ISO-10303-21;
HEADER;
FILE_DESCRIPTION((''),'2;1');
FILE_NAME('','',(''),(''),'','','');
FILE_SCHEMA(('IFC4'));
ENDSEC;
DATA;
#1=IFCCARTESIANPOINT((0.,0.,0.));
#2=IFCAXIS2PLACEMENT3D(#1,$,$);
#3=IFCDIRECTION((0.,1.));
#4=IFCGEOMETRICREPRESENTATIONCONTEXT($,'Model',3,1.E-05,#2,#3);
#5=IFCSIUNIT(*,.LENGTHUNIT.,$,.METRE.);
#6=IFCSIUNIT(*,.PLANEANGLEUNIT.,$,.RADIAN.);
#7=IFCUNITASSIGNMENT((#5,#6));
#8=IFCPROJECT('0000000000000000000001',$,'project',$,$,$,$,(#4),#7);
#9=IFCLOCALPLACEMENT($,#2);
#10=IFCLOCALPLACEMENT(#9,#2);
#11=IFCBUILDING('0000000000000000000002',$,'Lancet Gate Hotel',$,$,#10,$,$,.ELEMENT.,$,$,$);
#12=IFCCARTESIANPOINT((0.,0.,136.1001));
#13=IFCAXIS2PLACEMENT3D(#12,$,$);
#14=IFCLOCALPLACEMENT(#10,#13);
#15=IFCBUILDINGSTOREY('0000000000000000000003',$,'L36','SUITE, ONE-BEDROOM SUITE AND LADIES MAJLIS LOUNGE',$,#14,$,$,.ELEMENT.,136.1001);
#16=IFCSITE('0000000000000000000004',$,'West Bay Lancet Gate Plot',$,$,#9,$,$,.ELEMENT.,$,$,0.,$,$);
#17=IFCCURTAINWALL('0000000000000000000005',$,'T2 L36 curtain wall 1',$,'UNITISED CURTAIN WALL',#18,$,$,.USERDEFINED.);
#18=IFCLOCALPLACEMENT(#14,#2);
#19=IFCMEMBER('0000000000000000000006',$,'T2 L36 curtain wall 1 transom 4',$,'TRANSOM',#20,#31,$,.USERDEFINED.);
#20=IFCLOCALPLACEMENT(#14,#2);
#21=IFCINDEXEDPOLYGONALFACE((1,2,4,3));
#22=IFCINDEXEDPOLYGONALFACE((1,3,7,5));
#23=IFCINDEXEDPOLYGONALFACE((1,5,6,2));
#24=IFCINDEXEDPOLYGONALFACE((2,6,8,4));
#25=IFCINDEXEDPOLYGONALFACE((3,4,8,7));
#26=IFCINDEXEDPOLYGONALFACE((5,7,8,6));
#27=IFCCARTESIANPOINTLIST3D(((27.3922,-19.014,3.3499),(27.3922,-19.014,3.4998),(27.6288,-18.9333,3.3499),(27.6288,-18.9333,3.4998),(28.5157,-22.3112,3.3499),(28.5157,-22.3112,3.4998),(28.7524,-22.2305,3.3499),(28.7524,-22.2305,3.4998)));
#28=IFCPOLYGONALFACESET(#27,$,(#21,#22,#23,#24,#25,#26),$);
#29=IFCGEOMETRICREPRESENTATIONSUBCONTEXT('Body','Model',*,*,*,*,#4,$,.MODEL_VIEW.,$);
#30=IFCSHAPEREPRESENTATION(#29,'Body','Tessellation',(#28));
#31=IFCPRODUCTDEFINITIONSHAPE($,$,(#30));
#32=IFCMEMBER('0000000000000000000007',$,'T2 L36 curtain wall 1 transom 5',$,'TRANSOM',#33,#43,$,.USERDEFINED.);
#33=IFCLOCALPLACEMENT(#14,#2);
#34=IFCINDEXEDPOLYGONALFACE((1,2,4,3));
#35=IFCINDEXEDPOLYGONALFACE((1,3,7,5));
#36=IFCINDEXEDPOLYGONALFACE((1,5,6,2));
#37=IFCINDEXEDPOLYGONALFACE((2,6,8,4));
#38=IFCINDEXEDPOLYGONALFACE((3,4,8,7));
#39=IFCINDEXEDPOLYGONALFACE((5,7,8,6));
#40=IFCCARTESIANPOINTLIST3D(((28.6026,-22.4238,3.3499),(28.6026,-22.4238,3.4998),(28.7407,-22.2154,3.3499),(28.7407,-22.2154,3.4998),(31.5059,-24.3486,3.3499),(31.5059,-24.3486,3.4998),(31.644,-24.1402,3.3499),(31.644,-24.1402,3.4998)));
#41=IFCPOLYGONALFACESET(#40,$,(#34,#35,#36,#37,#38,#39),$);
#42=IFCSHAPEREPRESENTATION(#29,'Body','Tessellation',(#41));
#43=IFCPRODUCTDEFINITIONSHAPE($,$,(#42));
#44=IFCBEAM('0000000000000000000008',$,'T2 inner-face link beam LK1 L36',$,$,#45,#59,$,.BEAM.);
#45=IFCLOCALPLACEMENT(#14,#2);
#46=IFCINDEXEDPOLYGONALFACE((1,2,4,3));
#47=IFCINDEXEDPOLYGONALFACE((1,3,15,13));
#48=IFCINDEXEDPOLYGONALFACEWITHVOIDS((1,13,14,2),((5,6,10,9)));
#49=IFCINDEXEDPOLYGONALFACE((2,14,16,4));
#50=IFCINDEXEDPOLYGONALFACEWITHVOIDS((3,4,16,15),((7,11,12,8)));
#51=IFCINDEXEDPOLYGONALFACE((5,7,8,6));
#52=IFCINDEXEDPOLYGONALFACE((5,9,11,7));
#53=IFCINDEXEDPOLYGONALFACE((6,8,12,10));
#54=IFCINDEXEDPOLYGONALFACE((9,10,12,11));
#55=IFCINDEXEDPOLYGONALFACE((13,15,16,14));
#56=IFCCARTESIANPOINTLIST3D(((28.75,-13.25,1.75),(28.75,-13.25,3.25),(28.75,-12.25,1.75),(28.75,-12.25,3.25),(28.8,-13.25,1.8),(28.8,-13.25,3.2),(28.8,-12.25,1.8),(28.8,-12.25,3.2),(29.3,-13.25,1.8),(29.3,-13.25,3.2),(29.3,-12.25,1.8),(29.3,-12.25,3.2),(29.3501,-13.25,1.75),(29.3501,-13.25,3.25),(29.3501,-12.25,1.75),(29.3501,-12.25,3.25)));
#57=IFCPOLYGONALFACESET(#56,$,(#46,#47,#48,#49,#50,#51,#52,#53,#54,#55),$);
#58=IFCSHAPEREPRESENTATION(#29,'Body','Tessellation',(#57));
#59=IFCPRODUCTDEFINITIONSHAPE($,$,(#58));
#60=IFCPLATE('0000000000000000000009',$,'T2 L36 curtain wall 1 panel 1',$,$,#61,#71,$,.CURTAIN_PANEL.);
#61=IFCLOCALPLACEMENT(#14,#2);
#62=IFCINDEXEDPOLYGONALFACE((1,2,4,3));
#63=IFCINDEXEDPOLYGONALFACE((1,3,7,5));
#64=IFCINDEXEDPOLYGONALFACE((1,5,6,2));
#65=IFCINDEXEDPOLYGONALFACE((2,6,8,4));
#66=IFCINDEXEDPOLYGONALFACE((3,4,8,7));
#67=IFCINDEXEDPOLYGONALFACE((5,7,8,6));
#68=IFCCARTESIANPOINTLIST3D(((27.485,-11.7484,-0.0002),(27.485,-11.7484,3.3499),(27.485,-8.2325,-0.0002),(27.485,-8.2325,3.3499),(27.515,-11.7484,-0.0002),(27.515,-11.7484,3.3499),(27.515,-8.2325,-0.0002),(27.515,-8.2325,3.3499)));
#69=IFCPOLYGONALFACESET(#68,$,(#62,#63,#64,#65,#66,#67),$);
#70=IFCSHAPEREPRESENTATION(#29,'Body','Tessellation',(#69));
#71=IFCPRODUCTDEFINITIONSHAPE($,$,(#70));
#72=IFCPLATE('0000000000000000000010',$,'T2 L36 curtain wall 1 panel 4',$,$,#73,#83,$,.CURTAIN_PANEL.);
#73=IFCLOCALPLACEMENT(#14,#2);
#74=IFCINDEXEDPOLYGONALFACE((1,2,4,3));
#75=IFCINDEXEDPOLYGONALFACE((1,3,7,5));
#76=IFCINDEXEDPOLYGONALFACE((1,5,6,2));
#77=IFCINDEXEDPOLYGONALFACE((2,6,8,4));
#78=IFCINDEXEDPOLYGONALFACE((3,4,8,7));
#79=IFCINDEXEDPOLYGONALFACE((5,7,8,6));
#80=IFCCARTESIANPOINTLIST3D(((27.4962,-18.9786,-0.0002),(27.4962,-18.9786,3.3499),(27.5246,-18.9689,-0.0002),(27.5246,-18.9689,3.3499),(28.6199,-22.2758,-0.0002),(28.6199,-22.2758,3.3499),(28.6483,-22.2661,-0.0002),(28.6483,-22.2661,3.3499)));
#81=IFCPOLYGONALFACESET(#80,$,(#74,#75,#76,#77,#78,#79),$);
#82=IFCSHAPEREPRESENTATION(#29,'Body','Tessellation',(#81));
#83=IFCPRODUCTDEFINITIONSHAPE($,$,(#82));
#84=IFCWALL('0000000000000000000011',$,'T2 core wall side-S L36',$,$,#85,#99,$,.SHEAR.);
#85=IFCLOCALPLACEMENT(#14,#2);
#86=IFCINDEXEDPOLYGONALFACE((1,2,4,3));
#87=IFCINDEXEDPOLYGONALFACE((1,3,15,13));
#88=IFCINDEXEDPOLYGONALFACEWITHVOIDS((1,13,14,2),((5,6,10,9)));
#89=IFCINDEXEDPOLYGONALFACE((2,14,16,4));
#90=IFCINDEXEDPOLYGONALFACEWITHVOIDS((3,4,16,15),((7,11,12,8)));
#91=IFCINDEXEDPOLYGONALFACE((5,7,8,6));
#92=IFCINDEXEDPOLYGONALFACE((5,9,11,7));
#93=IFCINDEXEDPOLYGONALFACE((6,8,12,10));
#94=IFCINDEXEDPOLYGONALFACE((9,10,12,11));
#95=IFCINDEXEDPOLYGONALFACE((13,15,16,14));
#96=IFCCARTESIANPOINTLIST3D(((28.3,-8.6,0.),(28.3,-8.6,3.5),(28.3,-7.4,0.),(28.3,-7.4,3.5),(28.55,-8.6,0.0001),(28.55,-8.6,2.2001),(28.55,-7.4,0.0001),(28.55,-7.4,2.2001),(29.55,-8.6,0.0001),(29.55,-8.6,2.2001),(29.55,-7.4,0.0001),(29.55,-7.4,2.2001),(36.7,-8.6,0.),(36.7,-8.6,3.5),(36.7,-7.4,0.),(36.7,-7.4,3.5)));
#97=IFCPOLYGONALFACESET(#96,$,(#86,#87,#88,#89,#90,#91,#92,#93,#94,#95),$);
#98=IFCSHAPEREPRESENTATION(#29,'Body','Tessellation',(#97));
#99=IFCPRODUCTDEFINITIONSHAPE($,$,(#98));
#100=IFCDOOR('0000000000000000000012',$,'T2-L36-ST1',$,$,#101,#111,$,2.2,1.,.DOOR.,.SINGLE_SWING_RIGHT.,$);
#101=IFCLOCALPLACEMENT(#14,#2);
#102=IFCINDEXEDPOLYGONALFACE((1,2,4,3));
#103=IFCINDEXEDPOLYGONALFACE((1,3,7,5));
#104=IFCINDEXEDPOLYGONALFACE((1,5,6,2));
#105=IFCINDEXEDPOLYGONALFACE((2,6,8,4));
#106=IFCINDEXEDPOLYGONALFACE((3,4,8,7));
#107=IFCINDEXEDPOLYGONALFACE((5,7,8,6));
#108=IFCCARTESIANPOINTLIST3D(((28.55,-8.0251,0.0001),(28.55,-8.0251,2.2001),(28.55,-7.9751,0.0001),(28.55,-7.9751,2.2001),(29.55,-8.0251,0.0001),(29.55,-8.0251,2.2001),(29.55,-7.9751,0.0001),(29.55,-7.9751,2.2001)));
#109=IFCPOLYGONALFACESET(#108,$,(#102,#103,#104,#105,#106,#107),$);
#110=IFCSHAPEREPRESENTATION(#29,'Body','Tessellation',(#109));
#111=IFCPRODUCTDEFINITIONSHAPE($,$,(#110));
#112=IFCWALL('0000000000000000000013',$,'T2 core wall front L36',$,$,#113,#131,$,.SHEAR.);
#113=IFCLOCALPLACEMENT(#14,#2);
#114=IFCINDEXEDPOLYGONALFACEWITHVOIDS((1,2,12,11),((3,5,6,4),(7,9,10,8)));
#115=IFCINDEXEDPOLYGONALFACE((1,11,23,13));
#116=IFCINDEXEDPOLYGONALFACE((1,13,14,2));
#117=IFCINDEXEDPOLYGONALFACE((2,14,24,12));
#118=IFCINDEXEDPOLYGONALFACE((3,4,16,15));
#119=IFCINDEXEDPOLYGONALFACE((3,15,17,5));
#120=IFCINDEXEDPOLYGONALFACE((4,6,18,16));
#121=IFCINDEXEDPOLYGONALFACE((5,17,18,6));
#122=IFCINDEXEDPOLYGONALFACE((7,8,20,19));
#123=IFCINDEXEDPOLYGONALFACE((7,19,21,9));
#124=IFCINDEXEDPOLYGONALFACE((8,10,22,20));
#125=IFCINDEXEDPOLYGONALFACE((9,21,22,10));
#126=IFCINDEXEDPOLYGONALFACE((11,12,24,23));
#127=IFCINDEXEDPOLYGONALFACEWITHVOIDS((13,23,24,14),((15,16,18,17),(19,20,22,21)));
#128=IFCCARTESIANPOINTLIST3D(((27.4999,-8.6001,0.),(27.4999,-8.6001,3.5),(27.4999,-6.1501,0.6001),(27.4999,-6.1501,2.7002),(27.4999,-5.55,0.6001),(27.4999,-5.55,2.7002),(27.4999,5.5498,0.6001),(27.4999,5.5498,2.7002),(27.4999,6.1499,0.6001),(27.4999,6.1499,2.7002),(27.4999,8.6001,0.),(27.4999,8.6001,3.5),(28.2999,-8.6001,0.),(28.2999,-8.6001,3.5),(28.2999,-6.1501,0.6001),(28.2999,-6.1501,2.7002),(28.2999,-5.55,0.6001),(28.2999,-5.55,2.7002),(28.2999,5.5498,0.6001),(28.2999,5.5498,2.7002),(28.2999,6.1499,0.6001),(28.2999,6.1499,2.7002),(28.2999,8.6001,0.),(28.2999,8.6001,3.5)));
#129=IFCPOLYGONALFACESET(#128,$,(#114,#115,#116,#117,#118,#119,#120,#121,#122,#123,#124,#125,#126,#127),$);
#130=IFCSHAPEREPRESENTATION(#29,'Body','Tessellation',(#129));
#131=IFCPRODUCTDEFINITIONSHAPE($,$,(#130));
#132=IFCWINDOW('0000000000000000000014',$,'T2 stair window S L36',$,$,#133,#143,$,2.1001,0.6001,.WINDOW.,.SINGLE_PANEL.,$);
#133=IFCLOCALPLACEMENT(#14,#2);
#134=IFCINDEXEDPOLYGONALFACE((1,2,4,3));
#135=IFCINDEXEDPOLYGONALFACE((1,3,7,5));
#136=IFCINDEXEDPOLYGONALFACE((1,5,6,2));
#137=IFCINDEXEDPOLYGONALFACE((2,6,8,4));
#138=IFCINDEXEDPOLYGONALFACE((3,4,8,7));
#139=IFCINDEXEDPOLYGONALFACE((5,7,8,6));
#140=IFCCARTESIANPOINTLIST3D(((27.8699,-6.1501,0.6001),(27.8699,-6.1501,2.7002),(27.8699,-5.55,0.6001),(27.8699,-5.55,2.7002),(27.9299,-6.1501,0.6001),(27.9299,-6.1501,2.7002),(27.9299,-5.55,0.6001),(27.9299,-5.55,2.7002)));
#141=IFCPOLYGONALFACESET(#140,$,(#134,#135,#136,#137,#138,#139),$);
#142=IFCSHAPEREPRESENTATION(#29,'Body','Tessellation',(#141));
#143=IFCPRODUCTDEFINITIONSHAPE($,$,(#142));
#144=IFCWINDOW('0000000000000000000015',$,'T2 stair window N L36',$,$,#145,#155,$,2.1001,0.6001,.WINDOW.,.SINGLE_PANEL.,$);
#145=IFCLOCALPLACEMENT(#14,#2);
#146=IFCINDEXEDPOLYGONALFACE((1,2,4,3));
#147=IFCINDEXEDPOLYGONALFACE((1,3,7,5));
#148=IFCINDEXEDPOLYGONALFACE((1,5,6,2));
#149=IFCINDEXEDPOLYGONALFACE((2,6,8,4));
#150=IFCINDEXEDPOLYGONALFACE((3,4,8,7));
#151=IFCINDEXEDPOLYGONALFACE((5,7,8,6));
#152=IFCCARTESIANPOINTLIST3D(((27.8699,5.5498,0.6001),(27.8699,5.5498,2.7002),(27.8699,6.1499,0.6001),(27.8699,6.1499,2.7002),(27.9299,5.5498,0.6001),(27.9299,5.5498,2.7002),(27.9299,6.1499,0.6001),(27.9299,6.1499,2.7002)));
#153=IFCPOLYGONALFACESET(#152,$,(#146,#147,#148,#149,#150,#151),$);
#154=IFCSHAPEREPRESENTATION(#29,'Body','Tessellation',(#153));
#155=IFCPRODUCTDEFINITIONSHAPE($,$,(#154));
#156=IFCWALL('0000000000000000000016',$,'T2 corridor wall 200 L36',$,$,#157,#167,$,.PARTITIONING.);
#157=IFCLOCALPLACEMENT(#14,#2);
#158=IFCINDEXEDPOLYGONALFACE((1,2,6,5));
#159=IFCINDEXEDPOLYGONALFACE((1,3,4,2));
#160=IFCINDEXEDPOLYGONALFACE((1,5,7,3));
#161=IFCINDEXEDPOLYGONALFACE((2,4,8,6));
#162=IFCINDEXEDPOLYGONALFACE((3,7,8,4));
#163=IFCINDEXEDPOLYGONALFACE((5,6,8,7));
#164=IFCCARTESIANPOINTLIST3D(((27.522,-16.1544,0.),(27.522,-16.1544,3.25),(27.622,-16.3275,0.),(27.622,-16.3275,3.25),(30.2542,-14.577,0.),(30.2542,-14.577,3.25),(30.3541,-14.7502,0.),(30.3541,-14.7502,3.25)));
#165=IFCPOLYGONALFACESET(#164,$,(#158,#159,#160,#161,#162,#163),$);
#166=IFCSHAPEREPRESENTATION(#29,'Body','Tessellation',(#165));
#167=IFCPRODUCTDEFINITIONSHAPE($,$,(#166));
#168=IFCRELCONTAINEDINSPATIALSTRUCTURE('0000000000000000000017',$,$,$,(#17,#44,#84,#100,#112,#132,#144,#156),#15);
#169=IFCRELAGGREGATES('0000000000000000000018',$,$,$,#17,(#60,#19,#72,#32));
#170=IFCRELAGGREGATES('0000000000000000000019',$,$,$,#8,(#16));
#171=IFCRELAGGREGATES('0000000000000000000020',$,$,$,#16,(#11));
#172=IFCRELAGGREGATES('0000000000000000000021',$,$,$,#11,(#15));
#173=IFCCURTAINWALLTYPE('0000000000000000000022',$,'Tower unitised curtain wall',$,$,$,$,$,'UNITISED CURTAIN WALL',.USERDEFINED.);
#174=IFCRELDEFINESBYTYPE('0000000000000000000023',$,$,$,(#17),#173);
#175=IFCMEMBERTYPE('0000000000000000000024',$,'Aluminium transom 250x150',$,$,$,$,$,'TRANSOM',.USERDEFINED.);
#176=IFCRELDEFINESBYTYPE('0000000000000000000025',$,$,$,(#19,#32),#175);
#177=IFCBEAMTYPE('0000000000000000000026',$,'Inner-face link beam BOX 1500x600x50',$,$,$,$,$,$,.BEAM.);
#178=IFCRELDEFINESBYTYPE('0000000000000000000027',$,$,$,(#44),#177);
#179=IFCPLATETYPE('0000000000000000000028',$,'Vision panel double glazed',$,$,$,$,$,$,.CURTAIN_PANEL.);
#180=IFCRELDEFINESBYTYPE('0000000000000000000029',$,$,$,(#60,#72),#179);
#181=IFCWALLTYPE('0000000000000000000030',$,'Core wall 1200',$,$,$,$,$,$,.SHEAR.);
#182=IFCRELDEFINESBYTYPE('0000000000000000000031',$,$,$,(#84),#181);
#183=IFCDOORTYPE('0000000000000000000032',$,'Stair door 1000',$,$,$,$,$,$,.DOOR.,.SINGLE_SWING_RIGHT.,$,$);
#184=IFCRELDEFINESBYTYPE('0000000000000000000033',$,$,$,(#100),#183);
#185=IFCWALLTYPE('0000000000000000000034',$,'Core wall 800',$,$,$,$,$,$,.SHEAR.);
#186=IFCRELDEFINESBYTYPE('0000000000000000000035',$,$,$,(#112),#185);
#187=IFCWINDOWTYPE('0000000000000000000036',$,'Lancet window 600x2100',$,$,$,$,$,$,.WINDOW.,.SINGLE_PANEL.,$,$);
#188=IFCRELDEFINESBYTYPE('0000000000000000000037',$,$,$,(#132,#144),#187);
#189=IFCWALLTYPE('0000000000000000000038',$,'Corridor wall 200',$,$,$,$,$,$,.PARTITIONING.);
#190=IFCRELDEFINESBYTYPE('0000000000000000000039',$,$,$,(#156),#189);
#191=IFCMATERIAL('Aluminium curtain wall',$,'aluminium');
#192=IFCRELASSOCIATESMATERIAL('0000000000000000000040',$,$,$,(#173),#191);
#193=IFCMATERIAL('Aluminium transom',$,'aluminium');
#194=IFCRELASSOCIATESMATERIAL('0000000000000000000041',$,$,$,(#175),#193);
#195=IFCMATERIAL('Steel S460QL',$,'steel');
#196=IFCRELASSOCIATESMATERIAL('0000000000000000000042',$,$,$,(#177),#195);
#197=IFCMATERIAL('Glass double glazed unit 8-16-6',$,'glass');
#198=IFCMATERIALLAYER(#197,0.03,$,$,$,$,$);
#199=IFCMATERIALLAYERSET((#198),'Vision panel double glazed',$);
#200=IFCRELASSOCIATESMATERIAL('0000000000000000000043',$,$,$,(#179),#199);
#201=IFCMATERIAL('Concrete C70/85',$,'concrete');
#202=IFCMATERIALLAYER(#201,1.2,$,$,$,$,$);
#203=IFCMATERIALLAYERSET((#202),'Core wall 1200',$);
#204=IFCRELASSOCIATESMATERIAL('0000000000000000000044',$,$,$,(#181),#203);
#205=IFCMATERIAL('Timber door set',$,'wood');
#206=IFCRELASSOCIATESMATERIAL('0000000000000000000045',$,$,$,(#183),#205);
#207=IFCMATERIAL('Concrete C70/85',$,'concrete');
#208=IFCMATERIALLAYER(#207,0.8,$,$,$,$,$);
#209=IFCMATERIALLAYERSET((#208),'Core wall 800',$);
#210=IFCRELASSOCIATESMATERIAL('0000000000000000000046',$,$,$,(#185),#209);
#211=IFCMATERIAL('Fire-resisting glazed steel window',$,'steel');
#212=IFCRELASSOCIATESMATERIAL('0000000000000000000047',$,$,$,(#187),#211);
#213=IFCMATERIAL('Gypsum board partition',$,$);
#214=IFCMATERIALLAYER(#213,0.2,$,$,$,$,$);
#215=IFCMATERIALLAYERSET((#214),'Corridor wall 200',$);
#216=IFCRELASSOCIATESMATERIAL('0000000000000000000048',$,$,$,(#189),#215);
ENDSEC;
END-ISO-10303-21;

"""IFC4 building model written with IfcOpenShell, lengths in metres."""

from ifc_helpers import new_model, si_unit, direction, frame, frame_2d, origin, origin_2d, place, context, subcontext, project, spatial, rectangle, hollow_rectangle, extrude, material, layer, layer_set, material_profile, profile_set, type_object, element, fill, aggregate, save


model = new_model("IFC4")

# Units and contexts
model_context = context("Model", 3, precision=1e-05, world=origin(), true_north=direction((0.0, 1.0)))
body_context = subcontext(model_context, "Body", "Model", "MODEL_VIEW")
ifc_project = project(units=[si_unit("LENGTHUNIT", "METRE"), si_unit("PLANEANGLEUNIT", "RADIAN")], contexts=[model_context])

# Site, building, storey
site_placement = place(None, origin())
site = spatial("IfcSite", under=ifc_project, at=site_placement, Name="West Bay Lancet Gate Plot", CompositionType="ELEMENT", RefElevation=0.0)
building_placement = place(site_placement, origin())
building = spatial("IfcBuilding", under=site, at=building_placement, Name="Lancet Gate Hotel", CompositionType="ELEMENT")
storey_placement = place(building_placement, frame((0.0, 0.0, 136.1001)))
storey = spatial("IfcBuildingStorey", under=building, at=storey_placement, Name="L36", Description="SUITE, ONE-BEDROOM SUITE AND LADIES MAJLIS LOUNGE", CompositionType="ELEMENT", Elevation=136.1001)

# Curtain wall, members
ifc_material_1 = material(Name="Aluminium curtain wall", Category="aluminium")
curtain_wall_type = type_object("IfcCurtainWallType", Name="Tower unitised curtain wall", ElementType="UNITISED CURTAIN WALL", PredefinedType="USERDEFINED", material=ifc_material_1)
curtain_wall_placement = place(storey_placement, origin())
curtain_wall = element("IfcCurtainWall", 1, at=curtain_wall_placement, inside=storey, type_object=curtain_wall_type, Name="T2 L36 curtain wall 1", ObjectType="UNITISED CURTAIN WALL", PredefinedType="USERDEFINED")
ifc_material_2 = material(Name="Aluminium transom", Category="aluminium")
ifc_material_profile_1 = material_profile(ifc_material_2, rectangle(XDim=0.25, YDim=0.1499, at=origin_2d()), Name="TRANSOM 250x150")
ifc_profile_set_1 = profile_set([ifc_material_profile_1], Name="Aluminium transom")
member_type_1 = type_object("IfcMemberType", Name="Aluminium transom 250x150", ElementType="TRANSOM", PredefinedType="USERDEFINED", material=ifc_profile_set_1)
member_1_placement = place(storey_placement, frame((27.5105, -18.9736, 3.4248), z_axis=(0.32255, -0.946553, 0.0), x_axis=(0.946553, 0.32255, 0.0)))
member_1 = element("IfcMember", 2, at=member_1_placement, type_object=member_type_1, Name="T2 L36 curtain wall 1 transom 4", ObjectType="TRANSOM", PredefinedType="USERDEFINED", context=body_context, shape_type="SweptSolid", body=[
    extrude(rectangle(XDim=0.25, YDim=0.1499, at=origin_2d()), origin(), (0.0, 0.0, 1.0), 3.4834),
])
member_2_placement = place(storey_placement, frame((28.6716, -22.3196, 3.4248), z_axis=(0.833471, -0.552563, 0.0), x_axis=(0.552563, 0.833471, 0.0)))
member_2 = element("IfcMember", 3, at=member_2_placement, type_object=member_type_1, Name="T2 L36 curtain wall 1 transom 5", ObjectType="TRANSOM", PredefinedType="USERDEFINED", context=body_context, shape_type="SweptSolid", body=[
    extrude(rectangle(XDim=0.25, YDim=0.1499, at=origin_2d()), origin(), (0.0, 0.0, 1.0), 3.4834),
])

# Beam
ifc_material_3 = material(Name="Steel S460QL", Category="steel")
ifc_material_profile_2 = material_profile(ifc_material_3, hollow_rectangle(XDim=0.6001, YDim=1.5, WallThickness=0.05, at=origin_2d()), Name="BOX 1500x600x50")
ifc_profile_set_2 = profile_set([ifc_material_profile_2], Name="Steel S460QL")
beam_type = type_object("IfcBeamType", Name="Inner-face link beam BOX 1500x600x50", PredefinedType="BEAM", material=ifc_profile_set_2)
beam_placement = place(storey_placement, frame((29.05, -13.25, 2.5), z_axis=(0.0, 1.0, 0.0), x_axis=(-1.0, 0.0, 0.0)))
element("IfcBeam", 4, at=beam_placement, inside=storey, type_object=beam_type, Name="T2 inner-face link beam LK1 L36", PredefinedType="BEAM", context=body_context, shape_type="SweptSolid", body=[
    extrude(hollow_rectangle(XDim=0.6001, YDim=1.5, WallThickness=0.05, at=origin_2d()), origin(), (0.0, 0.0, 1.0), 1.0),
])

# Plates
ifc_material_4 = material(Name="Glass double glazed unit 8-16-6", Category="glass")
ifc_layer_1 = layer(ifc_material_4, 0.03)
ifc_layer_set_1 = layer_set([ifc_layer_1], Name="Vision panel double glazed")
plate_type = type_object("IfcPlateType", Name="Vision panel double glazed", PredefinedType="CURTAIN_PANEL", material=ifc_layer_set_1)
plate_1_placement = place(storey_placement, frame((27.5, -9.9905, -0.0002), z_axis=(0.0, 0.0, 1.0), x_axis=(0.0, -1.0, 0.0)))
plate_1 = element("IfcPlate", 5, at=plate_1_placement, type_object=plate_type, Name="T2 L36 curtain wall 1 panel 1", PredefinedType="CURTAIN_PANEL", context=body_context, shape_type="SweptSolid", body=[
    extrude(rectangle(XDim=3.5159, YDim=0.03, at=origin_2d()), origin(), (0.0, 0.0, 1.0), 3.3501),
])
plate_2_placement = place(storey_placement, frame((28.0723, -20.6223, -0.0002), z_axis=(0.0, 0.0, 1.0), x_axis=(0.322576, -0.946544, 0.0)))
plate_2 = element("IfcPlate", 6, at=plate_2_placement, type_object=plate_type, Name="T2 L36 curtain wall 1 panel 4", PredefinedType="CURTAIN_PANEL", context=body_context, shape_type="SweptSolid", body=[
    extrude(rectangle(XDim=3.4834, YDim=0.03, at=origin_2d()), origin(), (0.0, 0.0, 1.0), 3.3501),
])
aggregate(curtain_wall, [plate_1, member_1, plate_2, member_2])

# Wall, opening, door
ifc_material_5 = material(Name="Concrete C70/85", Category="concrete")
ifc_layer_2 = layer(ifc_material_5, 1.2)
ifc_layer_set_2 = layer_set([ifc_layer_2], Name="Core wall 1200")
wall_type_1 = type_object("IfcWallType", Name="Core wall 1200", PredefinedType="SHEAR", material=ifc_layer_set_2)
wall_1_placement = place(storey_placement, frame((28.3, -8.0, 0.0), z_axis=(0.0, 0.0, 1.0), x_axis=(1.0, 0.0, 0.0)))
wall_1 = element("IfcWall", 7, at=wall_1_placement, inside=storey, type_object=wall_type_1, Name="T2 core wall side-S L36", PredefinedType="SHEAR", context=body_context, shape_type="SweptSolid", body=[
    extrude(rectangle(XDim=8.3999, YDim=1.2, at=frame_2d((4.2, 0.0))), origin(), (0.0, 0.0, 1.0), 3.5),
])
opening_1_placement = place(wall_1_placement, frame((0.25, 0.0, 0.0)))
opening_1 = element("IfcOpeningElement", 8, at=opening_1_placement, cuts=wall_1, PredefinedType="OPENING", context=body_context, shape_type="SweptSolid", body=[
    extrude(rectangle(XDim=1.0, YDim=2.2, at=frame_2d((0.5, 1.1001))), frame((0.0, 0.6099, 0.0), z_axis=(0.0, -1.0, 0.0), x_axis=(1.0, 0.0, 0.0)), (0.0, 0.0, 1.0), 1.22),
])
ifc_material_6 = material(Name="Timber door set", Category="wood")
door_type = type_object("IfcDoorType", Name="Stair door 1000", OperationType="SINGLE_SWING_RIGHT", PredefinedType="DOOR", material=ifc_material_6)
door_placement = place(opening_1_placement, origin())
door = element("IfcDoor", 9, at=door_placement, inside=storey, type_object=door_type, Name="T2-L36-ST1", OperationType="SINGLE_SWING_RIGHT", OverallHeight=2.2, OverallWidth=1.0, PredefinedType="DOOR", context=body_context, shape_type="SweptSolid", body=[
    extrude(rectangle(XDim=1.0, YDim=2.2, at=frame_2d((0.5, 1.1001))), frame((0.0, 0.0249, 0.0), z_axis=(0.0, -1.0, 0.0), x_axis=(1.0, 0.0, 0.0)), (0.0, 0.0, 1.0), 0.05),
])
fill(opening_1, door)

# Wall, openings, windows
ifc_material_7 = material(Name="Concrete C70/85", Category="concrete")
ifc_layer_3 = layer(ifc_material_7, 0.8)
ifc_layer_set_3 = layer_set([ifc_layer_3], Name="Core wall 800")
wall_type_2 = type_object("IfcWallType", Name="Core wall 800", PredefinedType="SHEAR", material=ifc_layer_set_3)
wall_2_placement = place(storey_placement, frame((27.8999, -8.6001, 0.0), z_axis=(0.0, 0.0, 1.0), x_axis=(0.0, 1.0, 0.0)))
wall_2 = element("IfcWall", 10, at=wall_2_placement, inside=storey, type_object=wall_type_2, Name="T2 core wall front L36", PredefinedType="SHEAR", context=body_context, shape_type="SweptSolid", body=[
    extrude(rectangle(XDim=17.2002, YDim=0.8, at=frame_2d((8.6001, 0.0))), origin(), (0.0, 0.0, 1.0), 3.5),
])
opening_2_placement = place(wall_2_placement, frame((2.45, 0.0, 0.6001)))
opening_2 = element("IfcOpeningElement", 11, at=opening_2_placement, cuts=wall_2, PredefinedType="OPENING", context=body_context, shape_type="SweptSolid", body=[
    extrude(rectangle(XDim=0.6001, YDim=2.1001, at=frame_2d((0.3, 1.05))), frame((0.0, 0.4099, 0.0), z_axis=(0.0, -1.0, 0.0), x_axis=(1.0, 0.0, 0.0)), (0.0, 0.0, 1.0), 0.8201),
])
opening_3_placement = place(wall_2_placement, frame((14.1499, 0.0, 0.6001)))
opening_3 = element("IfcOpeningElement", 12, at=opening_3_placement, cuts=wall_2, PredefinedType="OPENING", context=body_context, shape_type="SweptSolid", body=[
    extrude(rectangle(XDim=0.6001, YDim=2.1001, at=frame_2d((0.3, 1.05))), frame((0.0, 0.4099, 0.0), z_axis=(0.0, -1.0, 0.0), x_axis=(1.0, 0.0, 0.0)), (0.0, 0.0, 1.0), 0.8201),
])
ifc_material_8 = material(Name="Fire-resisting glazed steel window", Category="steel")
window_type = type_object("IfcWindowType", Name="Lancet window 600x2100", PartitioningType="SINGLE_PANEL", PredefinedType="WINDOW", material=ifc_material_8)
window_1_placement = place(opening_2_placement, origin())
window_1 = element("IfcWindow", 13, at=window_1_placement, inside=storey, type_object=window_type, Name="T2 stair window S L36", OverallHeight=2.1001, OverallWidth=0.6001, PartitioningType="SINGLE_PANEL", PredefinedType="WINDOW", context=body_context, shape_type="SweptSolid", body=[
    extrude(rectangle(XDim=0.6001, YDim=2.1001, at=frame_2d((0.3, 1.05))), frame((0.0, 0.03, 0.0), z_axis=(0.0, -1.0, 0.0), x_axis=(1.0, 0.0, 0.0)), (0.0, 0.0, 1.0), 0.0601),
])
fill(opening_2, window_1)
window_2_placement = place(opening_3_placement, origin())
window_2 = element("IfcWindow", 14, at=window_2_placement, inside=storey, type_object=window_type, Name="T2 stair window N L36", OverallHeight=2.1001, OverallWidth=0.6001, PartitioningType="SINGLE_PANEL", PredefinedType="WINDOW", context=body_context, shape_type="SweptSolid", body=[
    extrude(rectangle(XDim=0.6001, YDim=2.1001, at=frame_2d((0.3, 1.05))), frame((0.0, 0.03, 0.0), z_axis=(0.0, -1.0, 0.0), x_axis=(1.0, 0.0, 0.0)), (0.0, 0.0, 1.0), 0.0601),
])
fill(opening_3, window_2)

# Wall
ifc_material_9 = material(Name="Gypsum board partition")
ifc_layer_4 = layer(ifc_material_9, 0.2)
ifc_layer_set_4 = layer_set([ifc_layer_4], Name="Corridor wall 200")
wall_type_3 = type_object("IfcWallType", Name="Corridor wall 200", PredefinedType="PARTITIONING", material=ifc_layer_set_4)
wall_3_placement = place(storey_placement, frame((27.572, -16.241, 0.0), z_axis=(0.0, 0.0, 1.0), x_axis=(0.86603, 0.499993, 0.0)))
element("IfcWall", 15, at=wall_3_placement, inside=storey, type_object=wall_type_3, Name="T2 corridor wall 200 L36", PredefinedType="PARTITIONING", context=body_context, shape_type="SweptSolid", body=[
    extrude(rectangle(XDim=3.1548, YDim=0.2, at=frame_2d((1.5774, 0.0))), origin(), (0.0, 0.0, 1.0), 3.25),
])

save(model, "model.ifc")
